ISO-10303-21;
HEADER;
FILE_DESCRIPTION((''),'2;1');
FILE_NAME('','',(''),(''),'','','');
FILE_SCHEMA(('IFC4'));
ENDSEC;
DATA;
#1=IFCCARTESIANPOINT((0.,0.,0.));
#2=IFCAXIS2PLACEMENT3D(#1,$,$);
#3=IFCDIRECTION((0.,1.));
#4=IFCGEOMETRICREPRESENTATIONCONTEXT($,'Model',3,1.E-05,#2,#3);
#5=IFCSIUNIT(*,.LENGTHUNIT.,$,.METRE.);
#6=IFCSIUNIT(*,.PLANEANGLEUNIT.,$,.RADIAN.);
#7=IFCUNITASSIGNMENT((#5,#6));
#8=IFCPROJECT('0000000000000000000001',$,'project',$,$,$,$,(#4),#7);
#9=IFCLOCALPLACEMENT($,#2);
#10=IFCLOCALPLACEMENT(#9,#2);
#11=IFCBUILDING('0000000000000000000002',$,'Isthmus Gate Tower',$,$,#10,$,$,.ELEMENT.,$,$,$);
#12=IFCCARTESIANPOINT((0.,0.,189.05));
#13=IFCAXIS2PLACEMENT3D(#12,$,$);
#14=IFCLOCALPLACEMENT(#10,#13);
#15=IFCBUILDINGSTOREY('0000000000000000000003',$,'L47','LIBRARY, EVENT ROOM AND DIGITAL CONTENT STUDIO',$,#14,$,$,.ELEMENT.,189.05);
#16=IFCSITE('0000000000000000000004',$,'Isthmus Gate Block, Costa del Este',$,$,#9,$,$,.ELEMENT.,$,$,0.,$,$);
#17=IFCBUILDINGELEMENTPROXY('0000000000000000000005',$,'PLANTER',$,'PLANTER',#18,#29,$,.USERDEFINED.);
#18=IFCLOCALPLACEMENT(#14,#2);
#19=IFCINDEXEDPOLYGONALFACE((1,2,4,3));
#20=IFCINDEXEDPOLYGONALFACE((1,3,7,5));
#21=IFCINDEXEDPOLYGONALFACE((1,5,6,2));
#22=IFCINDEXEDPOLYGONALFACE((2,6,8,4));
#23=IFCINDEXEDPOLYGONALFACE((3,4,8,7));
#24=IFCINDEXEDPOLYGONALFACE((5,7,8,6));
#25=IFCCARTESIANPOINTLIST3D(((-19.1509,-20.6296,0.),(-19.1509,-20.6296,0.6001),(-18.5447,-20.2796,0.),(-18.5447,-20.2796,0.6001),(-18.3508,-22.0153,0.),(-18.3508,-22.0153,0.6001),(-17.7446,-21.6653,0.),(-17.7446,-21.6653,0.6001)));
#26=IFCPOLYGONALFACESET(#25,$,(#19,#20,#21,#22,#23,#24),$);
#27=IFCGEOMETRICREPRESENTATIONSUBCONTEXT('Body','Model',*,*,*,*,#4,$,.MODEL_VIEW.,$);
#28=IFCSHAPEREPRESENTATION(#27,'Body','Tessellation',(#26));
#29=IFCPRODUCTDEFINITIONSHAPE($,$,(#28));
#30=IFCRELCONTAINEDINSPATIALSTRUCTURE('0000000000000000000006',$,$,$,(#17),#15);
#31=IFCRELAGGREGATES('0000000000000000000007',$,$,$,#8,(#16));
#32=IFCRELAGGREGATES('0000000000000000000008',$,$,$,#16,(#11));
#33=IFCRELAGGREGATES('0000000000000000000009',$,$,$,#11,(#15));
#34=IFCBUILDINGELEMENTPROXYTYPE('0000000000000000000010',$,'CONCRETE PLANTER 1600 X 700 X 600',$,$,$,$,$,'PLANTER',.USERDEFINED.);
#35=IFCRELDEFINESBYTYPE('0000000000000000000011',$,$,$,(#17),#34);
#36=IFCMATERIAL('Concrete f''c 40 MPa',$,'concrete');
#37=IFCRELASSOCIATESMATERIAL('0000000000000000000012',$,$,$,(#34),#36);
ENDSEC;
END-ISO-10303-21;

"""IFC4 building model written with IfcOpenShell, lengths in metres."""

from ifc_helpers import new_model, si_unit, direction, frame, origin, origin_2d, place, context, subcontext, project, spatial, rectangle, extrude, material, type_object, element, save


model = new_model("IFC4")

# Units and contexts
model_context = context("Model", 3, precision=1e-05, world=origin(), true_north=direction((0.0, 1.0)))
body_context = subcontext(model_context, "Body", "Model", "MODEL_VIEW")
ifc_project = project(units=[si_unit("LENGTHUNIT", "METRE"), si_unit("PLANEANGLEUNIT", "RADIAN")], contexts=[model_context])

# Site, building, storey
site_placement = place(None, origin())
site = spatial("IfcSite", under=ifc_project, at=site_placement, Name="Isthmus Gate Block, Costa del Este", CompositionType="ELEMENT", RefElevation=0.0)
building_placement = place(site_placement, origin())
building = spatial("IfcBuilding", under=site, at=building_placement, Name="Isthmus Gate Tower", CompositionType="ELEMENT")
storey_placement = place(building_placement, frame((0.0, 0.0, 189.05)))
storey = spatial("IfcBuildingStorey", under=building, at=storey_placement, Name="L47", Description="LIBRARY, EVENT ROOM AND DIGITAL CONTENT STUDIO", CompositionType="ELEMENT", Elevation=189.05)

# Building element proxy
ifc_material_1 = material(Name="Concrete f'c 40 MPa", Category="concrete")
building_element_proxy_type = type_object("IfcBuildingElementProxyType", Name="CONCRETE PLANTER 1600 X 700 X 600", ElementType="PLANTER", PredefinedType="USERDEFINED", material=ifc_material_1)
for number, where, z_axis, x_axis, name in (
    (1, (-18.4478, -21.1475, 0.0), (0.0, 0.0, 1.0), (0.5, -0.866025, 0.0), "PLANTER"),
):
    element("IfcBuildingElementProxy", number, at=place(storey_placement, frame(where, z_axis=z_axis, x_axis=x_axis)), inside=storey, type_object=building_element_proxy_type, Name=name, ObjectType="PLANTER", PredefinedType="USERDEFINED", context=body_context, shape_type="SweptSolid", body=[
        extrude(rectangle(XDim=1.6001, YDim=0.7, at=origin_2d()), origin(), (0.0, 0.0, 1.0), 0.6001),
    ])

save(model, "model.ifc")
